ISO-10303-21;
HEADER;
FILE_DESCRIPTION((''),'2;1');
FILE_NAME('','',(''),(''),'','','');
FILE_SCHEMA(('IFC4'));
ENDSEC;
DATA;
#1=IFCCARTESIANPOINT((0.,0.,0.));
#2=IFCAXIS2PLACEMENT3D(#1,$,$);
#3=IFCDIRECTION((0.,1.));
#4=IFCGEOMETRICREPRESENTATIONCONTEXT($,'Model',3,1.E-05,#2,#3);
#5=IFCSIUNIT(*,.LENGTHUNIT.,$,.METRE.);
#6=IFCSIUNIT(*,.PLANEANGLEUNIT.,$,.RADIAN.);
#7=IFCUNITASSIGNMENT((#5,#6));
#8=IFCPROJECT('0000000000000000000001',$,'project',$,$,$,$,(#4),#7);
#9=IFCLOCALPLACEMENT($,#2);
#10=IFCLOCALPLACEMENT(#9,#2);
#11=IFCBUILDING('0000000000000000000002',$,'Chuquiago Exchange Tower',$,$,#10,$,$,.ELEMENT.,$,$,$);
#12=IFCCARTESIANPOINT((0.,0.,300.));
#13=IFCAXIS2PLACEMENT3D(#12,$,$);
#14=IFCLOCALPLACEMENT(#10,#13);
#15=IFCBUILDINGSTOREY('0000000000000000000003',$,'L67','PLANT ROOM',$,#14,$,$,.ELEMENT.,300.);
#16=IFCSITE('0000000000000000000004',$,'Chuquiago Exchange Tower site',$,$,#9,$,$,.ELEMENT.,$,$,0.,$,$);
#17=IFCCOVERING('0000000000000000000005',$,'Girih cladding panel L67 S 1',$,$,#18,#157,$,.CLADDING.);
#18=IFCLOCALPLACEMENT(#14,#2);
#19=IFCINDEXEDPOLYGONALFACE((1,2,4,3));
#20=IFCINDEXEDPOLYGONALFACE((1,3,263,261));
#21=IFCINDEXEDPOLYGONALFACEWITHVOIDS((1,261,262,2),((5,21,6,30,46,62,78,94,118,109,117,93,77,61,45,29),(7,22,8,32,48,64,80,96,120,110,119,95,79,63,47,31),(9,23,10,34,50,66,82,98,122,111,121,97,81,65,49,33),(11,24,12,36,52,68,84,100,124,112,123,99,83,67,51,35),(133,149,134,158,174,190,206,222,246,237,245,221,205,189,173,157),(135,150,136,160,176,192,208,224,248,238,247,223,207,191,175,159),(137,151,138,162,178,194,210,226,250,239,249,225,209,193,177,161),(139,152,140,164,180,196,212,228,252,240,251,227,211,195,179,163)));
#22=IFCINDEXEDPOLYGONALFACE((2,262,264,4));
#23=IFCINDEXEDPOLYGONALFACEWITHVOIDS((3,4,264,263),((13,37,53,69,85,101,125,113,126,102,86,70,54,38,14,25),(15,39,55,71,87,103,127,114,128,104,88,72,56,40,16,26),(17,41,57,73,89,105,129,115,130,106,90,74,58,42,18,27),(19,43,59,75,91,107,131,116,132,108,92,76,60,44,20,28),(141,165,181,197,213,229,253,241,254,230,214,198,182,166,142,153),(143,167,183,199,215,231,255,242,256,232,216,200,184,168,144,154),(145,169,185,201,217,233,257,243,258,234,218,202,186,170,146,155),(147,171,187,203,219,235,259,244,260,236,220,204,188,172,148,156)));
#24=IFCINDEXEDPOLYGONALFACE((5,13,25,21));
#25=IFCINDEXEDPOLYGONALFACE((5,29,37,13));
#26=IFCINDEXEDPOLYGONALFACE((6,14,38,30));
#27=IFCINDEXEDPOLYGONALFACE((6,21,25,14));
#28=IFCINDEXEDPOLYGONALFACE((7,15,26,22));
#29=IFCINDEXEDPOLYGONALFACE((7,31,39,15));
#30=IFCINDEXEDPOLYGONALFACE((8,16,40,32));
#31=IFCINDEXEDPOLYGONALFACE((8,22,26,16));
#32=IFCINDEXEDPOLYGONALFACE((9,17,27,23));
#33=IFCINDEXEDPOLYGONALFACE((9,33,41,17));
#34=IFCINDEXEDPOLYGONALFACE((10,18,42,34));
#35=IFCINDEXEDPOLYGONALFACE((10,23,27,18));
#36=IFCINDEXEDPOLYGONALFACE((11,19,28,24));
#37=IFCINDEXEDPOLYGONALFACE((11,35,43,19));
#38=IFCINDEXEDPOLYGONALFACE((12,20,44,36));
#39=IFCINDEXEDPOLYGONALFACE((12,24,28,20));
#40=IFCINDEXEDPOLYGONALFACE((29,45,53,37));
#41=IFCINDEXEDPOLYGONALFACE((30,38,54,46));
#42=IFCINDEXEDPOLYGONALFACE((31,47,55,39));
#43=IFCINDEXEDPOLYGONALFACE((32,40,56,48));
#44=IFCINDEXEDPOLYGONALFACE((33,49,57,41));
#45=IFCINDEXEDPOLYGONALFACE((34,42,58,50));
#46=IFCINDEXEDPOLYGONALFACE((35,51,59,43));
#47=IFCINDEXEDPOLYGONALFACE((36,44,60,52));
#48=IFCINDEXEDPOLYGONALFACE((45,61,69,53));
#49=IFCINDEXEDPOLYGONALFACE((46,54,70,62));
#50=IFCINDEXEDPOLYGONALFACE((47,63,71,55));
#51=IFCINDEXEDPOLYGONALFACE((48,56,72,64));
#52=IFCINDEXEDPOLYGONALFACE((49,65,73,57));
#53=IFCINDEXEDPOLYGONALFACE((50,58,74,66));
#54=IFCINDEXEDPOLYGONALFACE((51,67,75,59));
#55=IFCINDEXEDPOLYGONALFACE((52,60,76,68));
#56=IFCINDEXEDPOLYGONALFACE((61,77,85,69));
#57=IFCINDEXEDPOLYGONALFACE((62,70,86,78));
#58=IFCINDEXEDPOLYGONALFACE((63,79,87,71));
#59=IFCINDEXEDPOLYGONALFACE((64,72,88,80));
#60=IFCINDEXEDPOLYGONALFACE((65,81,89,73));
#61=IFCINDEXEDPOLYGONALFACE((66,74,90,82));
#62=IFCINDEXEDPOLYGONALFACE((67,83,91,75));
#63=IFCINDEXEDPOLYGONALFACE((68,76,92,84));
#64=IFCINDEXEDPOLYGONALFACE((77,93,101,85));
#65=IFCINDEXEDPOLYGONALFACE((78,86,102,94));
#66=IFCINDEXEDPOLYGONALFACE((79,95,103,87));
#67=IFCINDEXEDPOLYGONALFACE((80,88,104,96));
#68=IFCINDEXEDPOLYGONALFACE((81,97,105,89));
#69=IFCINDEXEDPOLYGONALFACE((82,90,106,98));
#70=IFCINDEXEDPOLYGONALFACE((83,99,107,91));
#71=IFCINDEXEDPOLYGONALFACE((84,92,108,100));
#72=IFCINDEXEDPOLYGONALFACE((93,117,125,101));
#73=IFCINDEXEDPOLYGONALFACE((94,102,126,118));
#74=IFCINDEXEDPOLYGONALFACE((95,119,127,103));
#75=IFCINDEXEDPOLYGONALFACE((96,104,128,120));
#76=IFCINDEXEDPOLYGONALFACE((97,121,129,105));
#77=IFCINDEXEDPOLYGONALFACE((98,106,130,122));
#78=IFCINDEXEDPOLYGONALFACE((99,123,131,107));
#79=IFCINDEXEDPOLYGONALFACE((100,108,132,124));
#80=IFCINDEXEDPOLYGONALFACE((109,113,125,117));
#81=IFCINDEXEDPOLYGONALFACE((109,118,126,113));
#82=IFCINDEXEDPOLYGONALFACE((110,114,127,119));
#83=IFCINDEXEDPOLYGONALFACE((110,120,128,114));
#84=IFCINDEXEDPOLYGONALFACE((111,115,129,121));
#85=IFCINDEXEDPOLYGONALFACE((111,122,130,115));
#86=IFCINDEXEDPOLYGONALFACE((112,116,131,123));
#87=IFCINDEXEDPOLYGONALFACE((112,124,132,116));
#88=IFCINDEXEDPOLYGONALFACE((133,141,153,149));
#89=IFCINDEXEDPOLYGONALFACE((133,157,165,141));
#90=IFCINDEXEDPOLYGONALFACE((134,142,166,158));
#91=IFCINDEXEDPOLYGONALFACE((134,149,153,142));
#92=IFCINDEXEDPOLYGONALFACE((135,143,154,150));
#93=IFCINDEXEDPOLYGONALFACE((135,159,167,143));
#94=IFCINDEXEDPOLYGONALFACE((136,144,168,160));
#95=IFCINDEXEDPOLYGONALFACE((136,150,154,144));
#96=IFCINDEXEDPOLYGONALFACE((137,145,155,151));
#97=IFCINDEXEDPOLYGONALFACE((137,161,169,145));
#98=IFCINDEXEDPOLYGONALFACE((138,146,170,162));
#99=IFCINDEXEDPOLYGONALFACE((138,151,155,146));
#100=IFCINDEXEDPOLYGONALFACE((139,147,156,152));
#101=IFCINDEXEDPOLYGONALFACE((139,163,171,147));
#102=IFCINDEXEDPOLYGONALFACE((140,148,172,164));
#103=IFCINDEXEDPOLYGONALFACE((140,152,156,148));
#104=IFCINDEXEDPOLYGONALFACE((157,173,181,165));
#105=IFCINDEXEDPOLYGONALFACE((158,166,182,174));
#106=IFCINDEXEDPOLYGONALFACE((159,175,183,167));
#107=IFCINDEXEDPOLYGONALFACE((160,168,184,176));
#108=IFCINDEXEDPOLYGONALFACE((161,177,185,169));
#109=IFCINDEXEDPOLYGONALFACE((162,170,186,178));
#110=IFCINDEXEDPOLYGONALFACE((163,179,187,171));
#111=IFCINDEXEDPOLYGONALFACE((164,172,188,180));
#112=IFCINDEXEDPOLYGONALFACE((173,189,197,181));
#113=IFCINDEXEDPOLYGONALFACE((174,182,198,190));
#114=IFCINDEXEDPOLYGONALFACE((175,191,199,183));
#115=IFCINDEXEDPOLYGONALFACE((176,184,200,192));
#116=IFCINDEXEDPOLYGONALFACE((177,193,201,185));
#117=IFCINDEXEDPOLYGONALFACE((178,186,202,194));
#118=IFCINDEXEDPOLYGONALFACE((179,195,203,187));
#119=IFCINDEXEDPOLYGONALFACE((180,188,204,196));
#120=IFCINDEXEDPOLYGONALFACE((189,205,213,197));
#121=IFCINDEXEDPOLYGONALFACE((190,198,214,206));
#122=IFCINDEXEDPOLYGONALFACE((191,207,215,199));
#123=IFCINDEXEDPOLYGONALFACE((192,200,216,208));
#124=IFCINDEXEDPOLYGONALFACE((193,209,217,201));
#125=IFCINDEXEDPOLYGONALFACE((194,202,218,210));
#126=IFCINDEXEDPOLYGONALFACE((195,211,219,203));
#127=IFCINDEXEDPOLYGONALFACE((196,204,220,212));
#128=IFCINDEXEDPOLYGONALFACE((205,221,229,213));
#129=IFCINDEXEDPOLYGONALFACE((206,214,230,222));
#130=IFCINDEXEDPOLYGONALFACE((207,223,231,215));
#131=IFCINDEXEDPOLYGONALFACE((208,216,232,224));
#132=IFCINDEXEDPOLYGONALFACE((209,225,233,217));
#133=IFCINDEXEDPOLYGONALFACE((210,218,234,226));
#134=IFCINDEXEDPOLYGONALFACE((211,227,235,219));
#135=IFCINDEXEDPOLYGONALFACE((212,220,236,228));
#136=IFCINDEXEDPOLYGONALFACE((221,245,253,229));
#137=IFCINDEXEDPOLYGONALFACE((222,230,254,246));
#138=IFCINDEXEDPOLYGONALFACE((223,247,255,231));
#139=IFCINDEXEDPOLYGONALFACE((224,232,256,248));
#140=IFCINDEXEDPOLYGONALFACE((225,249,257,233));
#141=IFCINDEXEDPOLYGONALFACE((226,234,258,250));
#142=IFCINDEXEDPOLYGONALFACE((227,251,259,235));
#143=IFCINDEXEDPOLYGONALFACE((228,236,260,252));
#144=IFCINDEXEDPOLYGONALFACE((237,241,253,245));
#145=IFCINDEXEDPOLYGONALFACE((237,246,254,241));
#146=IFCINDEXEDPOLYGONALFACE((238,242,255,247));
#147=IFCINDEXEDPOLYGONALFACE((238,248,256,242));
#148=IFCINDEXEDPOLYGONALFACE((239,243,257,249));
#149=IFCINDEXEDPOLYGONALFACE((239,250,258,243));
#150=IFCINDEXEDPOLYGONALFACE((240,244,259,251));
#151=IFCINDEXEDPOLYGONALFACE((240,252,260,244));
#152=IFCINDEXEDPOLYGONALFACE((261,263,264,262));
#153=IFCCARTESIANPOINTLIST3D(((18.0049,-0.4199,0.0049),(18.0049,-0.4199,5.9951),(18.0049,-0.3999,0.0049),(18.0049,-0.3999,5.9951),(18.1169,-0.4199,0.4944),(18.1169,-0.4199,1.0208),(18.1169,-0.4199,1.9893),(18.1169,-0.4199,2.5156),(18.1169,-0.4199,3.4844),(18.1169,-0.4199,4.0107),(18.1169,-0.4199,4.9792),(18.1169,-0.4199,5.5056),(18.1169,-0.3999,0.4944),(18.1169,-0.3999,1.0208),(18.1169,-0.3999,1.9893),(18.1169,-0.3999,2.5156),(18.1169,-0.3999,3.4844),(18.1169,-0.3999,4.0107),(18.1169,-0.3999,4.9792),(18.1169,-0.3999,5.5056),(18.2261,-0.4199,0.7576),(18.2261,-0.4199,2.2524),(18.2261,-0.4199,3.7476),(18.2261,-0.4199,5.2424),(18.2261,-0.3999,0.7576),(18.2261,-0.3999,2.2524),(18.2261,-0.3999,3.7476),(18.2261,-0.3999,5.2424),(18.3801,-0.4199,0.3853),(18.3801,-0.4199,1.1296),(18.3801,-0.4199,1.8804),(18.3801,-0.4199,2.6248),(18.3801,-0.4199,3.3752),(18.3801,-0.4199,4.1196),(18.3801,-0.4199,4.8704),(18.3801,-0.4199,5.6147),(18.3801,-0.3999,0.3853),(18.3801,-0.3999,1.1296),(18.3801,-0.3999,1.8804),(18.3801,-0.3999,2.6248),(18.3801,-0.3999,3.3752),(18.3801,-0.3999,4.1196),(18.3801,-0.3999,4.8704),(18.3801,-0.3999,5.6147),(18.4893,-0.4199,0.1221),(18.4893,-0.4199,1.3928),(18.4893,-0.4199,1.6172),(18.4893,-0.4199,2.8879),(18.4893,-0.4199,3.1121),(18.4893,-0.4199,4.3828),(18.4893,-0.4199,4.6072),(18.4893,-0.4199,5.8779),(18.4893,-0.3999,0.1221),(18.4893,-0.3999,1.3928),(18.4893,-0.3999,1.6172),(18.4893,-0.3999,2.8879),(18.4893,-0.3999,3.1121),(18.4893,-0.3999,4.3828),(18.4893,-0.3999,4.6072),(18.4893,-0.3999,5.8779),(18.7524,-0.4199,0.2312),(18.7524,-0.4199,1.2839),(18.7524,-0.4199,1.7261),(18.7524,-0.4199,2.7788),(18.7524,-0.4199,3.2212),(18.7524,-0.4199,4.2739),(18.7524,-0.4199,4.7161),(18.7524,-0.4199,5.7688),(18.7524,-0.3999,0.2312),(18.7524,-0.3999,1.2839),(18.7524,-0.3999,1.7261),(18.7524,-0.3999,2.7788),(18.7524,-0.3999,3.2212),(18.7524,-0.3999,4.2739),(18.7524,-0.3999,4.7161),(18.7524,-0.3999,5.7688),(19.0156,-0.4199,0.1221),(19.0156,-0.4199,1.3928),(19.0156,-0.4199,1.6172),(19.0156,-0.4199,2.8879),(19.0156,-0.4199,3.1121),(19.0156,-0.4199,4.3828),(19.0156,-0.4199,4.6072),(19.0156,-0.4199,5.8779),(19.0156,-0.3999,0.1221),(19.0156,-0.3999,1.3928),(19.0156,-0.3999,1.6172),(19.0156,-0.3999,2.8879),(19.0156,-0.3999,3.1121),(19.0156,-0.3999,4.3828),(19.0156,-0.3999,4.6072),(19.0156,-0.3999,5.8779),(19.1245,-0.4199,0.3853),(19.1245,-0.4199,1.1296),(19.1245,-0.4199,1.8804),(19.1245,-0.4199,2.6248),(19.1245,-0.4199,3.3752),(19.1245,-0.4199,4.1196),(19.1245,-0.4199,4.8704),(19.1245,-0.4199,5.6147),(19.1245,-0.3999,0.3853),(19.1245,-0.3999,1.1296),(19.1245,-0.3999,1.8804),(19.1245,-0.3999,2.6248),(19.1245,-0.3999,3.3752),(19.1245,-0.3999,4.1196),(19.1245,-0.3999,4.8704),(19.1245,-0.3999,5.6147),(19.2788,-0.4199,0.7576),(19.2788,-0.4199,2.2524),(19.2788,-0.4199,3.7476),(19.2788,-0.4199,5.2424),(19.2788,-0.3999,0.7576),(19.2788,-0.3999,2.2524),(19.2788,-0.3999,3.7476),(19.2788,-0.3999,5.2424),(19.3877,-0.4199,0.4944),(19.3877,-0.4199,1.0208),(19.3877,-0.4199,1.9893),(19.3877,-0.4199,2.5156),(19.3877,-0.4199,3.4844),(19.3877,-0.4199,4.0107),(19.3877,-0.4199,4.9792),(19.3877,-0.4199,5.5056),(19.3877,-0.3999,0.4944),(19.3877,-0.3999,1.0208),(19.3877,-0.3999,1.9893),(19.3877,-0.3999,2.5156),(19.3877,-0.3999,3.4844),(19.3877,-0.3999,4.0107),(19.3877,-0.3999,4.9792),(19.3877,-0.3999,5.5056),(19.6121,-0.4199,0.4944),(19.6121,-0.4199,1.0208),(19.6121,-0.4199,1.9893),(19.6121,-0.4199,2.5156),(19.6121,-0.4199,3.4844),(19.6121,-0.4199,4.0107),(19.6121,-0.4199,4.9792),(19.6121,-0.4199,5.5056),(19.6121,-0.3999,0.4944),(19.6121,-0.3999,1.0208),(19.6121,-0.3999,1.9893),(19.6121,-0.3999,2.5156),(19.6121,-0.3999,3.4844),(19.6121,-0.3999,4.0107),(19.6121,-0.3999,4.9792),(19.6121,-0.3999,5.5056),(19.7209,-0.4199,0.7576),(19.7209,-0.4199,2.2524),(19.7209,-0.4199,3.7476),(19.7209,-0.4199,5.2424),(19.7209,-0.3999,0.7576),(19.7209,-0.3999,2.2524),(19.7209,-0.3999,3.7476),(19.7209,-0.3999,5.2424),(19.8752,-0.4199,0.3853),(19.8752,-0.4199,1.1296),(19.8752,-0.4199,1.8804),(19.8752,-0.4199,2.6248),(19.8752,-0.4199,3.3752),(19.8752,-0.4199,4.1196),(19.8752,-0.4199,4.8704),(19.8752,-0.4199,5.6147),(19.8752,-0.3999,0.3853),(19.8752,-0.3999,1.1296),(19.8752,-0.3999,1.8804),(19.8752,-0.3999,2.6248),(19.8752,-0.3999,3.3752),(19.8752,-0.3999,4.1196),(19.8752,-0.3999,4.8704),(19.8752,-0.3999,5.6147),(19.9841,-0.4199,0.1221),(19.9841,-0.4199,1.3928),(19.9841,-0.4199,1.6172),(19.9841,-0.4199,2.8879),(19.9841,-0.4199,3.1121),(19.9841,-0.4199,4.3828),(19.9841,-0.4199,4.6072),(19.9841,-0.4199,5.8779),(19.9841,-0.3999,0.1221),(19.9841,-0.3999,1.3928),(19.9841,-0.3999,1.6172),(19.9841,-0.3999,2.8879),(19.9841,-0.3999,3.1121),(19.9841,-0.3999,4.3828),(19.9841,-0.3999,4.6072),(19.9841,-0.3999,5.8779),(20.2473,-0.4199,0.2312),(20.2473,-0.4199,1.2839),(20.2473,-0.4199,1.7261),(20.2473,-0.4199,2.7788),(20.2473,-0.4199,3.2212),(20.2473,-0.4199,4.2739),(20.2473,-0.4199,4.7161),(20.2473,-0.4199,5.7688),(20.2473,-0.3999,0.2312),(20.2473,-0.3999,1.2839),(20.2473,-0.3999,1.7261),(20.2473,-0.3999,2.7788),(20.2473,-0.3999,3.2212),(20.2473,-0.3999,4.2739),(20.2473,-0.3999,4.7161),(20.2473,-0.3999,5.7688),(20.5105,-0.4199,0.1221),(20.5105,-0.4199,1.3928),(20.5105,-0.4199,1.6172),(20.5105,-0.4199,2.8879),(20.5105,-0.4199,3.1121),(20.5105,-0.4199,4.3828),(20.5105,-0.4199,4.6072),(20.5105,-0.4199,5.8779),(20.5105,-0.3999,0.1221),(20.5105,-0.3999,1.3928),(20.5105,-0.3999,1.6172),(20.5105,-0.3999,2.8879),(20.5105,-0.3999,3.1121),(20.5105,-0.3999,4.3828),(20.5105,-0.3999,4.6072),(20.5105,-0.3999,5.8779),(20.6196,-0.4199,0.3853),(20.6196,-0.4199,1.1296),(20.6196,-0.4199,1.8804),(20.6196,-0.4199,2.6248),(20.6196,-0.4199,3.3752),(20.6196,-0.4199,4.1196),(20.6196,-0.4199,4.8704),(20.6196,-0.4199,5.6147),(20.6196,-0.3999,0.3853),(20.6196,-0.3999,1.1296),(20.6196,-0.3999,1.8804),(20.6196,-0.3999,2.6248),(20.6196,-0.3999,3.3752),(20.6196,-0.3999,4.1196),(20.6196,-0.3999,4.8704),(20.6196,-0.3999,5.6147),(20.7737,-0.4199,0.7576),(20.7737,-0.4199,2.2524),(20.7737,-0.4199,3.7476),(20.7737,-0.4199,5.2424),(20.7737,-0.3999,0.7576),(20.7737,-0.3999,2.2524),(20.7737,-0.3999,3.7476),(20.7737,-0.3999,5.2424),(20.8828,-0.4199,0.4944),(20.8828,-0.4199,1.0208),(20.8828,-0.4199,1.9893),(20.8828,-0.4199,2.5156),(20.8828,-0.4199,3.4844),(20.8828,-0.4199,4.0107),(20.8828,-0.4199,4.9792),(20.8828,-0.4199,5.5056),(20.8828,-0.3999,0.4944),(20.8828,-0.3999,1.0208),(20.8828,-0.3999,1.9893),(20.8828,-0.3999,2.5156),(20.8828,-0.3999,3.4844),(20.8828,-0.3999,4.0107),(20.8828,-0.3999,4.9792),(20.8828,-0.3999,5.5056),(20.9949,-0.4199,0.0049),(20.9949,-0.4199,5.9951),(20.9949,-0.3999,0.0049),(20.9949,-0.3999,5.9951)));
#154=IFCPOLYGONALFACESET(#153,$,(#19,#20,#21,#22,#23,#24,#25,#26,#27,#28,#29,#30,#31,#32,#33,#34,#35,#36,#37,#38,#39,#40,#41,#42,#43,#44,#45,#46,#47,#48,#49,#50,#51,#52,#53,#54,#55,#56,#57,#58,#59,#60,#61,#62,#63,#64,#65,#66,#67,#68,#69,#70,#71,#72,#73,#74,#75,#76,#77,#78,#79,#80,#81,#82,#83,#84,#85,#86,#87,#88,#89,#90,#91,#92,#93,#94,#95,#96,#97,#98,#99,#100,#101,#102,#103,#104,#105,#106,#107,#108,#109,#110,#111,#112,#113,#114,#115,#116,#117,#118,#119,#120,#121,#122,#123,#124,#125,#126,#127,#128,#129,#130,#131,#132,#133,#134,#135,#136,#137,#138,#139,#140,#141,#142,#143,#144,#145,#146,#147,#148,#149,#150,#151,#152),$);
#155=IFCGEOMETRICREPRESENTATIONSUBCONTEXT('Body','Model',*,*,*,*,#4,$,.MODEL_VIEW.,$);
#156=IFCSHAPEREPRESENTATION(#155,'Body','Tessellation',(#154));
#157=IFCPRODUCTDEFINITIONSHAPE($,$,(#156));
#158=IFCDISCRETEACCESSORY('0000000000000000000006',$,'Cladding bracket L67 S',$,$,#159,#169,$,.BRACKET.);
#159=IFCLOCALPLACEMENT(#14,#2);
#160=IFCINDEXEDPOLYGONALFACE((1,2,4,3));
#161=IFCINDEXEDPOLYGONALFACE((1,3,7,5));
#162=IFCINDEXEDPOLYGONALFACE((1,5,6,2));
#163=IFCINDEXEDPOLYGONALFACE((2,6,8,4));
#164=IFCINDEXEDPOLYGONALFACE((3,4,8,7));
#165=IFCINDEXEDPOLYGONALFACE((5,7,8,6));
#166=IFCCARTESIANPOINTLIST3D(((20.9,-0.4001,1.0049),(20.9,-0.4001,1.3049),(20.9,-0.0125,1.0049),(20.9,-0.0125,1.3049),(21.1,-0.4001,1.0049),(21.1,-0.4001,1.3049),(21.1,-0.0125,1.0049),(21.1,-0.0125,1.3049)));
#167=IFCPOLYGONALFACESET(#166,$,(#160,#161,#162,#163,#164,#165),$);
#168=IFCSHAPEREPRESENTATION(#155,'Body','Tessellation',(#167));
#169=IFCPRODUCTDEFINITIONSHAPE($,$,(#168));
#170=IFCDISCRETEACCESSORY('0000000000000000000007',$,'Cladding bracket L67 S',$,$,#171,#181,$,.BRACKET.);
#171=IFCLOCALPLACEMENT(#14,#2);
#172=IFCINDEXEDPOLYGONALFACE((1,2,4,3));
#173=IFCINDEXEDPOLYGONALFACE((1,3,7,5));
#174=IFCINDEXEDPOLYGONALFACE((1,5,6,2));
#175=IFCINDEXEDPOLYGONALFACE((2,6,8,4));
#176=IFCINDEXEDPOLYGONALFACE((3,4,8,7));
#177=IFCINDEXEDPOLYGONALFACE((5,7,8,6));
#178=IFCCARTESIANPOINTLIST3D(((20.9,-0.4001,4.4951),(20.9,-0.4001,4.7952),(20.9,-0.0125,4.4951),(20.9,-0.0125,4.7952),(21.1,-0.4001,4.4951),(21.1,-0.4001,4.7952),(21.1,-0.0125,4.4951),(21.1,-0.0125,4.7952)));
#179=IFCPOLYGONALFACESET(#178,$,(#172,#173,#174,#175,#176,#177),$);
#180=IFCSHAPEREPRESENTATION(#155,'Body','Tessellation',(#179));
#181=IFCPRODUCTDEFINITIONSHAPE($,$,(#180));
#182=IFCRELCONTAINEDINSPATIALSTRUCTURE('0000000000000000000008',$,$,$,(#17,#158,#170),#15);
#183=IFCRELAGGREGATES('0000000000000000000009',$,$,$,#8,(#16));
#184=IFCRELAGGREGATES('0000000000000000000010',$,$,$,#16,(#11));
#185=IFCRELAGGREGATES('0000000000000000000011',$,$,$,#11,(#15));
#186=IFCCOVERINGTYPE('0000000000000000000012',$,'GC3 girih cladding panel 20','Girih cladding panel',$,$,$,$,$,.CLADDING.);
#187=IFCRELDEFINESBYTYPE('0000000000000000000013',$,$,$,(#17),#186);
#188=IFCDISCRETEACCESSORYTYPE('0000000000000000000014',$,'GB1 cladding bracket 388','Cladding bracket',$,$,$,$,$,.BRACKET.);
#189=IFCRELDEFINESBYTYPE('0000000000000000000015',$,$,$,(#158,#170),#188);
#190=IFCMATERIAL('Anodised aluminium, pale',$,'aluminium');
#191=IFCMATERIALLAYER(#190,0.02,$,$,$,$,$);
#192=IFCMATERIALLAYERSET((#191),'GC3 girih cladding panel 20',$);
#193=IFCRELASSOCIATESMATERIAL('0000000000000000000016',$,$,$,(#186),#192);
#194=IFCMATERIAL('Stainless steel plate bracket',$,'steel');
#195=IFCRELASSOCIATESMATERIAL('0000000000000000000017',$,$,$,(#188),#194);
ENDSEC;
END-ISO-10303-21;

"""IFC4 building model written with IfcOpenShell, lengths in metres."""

from ifc_helpers import new_model, si_unit, direction, frame, origin, origin_2d, place, context, subcontext, project, spatial, polyline, rectangle, outline, extrude, material, layer, layer_set, type_object, element, save


model = new_model("IFC4")

# Units and contexts
model_context = context("Model", 3, precision=1e-05, world=origin(), true_north=direction((0.0, 1.0)))
body_context = subcontext(model_context, "Body", "Model", "MODEL_VIEW")
ifc_project = project(units=[si_unit("LENGTHUNIT", "METRE"), si_unit("PLANEANGLEUNIT", "RADIAN")], contexts=[model_context])

# Site, building, storey
site_placement = place(None, origin())
site = spatial("IfcSite", under=ifc_project, at=site_placement, Name="Chuquiago Exchange Tower site", CompositionType="ELEMENT", RefElevation=0.0)
building_placement = place(site_placement, origin())
building = spatial("IfcBuilding", under=site, at=building_placement, Name="Chuquiago Exchange Tower", CompositionType="ELEMENT")
storey_placement = place(building_placement, frame((0.0, 0.0, 300.0)))
storey = spatial("IfcBuildingStorey", under=building, at=storey_placement, Name="L67", Description="PLANT ROOM", CompositionType="ELEMENT", Elevation=300.0)

# Covering
ifc_material_1 = material(Name="Anodised aluminium, pale", Category="aluminium")
ifc_layer_1 = layer(ifc_material_1, 0.02)
ifc_layer_set_1 = layer_set([ifc_layer_1], Name="GC3 girih cladding panel 20")
covering_type_1 = type_object("IfcCoveringType", Name="GC3 girih cladding panel 20", Description="Girih cladding panel", PredefinedType="CLADDING", material=ifc_layer_set_1)
covering_1_placement = place(storey_placement, frame((18.0049, -0.3999, 0.0049), z_axis=(0.0, 0.0, 1.0), x_axis=(1.0, 0.0, 0.0)))
element("IfcCovering", 1, at=covering_1_placement, inside=storey, type_object=covering_type_1, Name="Girih cladding panel L67 S 1", PredefinedType="CLADDING", context=body_context, shape_type="SweptSolid", body=[
    extrude(outline(polyline([(0.0, 0.0), (2.99, 0.0), (2.99, 5.9902), (0.0, 5.9902), (0.0, 0.0)]), holes=[polyline([(1.2739, 0.7527), (1.3828, 1.0159), (1.1196, 1.1248), (1.0107, 1.3879), (0.7476, 1.2791), (0.4844, 1.3879), (0.3752, 1.1248), (0.1121, 1.0159), (0.2212, 0.7527), (0.1121, 0.4895), (0.3752, 0.3804), (0.4844, 0.1172), (0.7476, 0.2263), (1.0107, 0.1172), (1.1196, 0.3804), (1.3828, 0.4895), (1.2739, 0.7527)]), polyline([(2.7688, 0.7527), (2.8779, 1.0159), (2.6147, 1.1248), (2.5056, 1.3879), (2.2424, 1.2791), (1.9792, 1.3879), (1.8704, 1.1248), (1.6072, 1.0159), (1.7161, 0.7527), (1.6072, 0.4895), (1.8704, 0.3804), (1.9792, 0.1172), (2.2424, 0.2263), (2.5056, 0.1172), (2.6147, 0.3804), (2.8779, 0.4895), (2.7688, 0.7527)]), polyline([(1.2739, 2.2476), (1.3828, 2.5107), (1.1196, 2.6199), (1.0107, 2.8831), (0.7476, 2.7739), (0.4844, 2.8831), (0.3752, 2.6199), (0.1121, 2.5107), (0.2212, 2.2476), (0.1121, 1.9844), (0.3752, 1.8755), (0.4844, 1.6123), (0.7476, 1.7212), (1.0107, 1.6123), (1.1196, 1.8755), (1.3828, 1.9844), (1.2739, 2.2476)]), polyline([(2.7688, 2.2476), (2.8779, 2.5107), (2.6147, 2.6199), (2.5056, 2.8831), (2.2424, 2.7739), (1.9792, 2.8831), (1.8704, 2.6199), (1.6072, 2.5107), (1.7161, 2.2476), (1.6072, 1.9844), (1.8704, 1.8755), (1.9792, 1.6123), (2.2424, 1.7212), (2.5056, 1.6123), (2.6147, 1.8755), (2.8779, 1.9844), (2.7688, 2.2476)]), polyline([(1.2739, 3.7427), (1.3828, 4.0059), (1.1196, 4.1147), (1.0107, 4.3779), (0.7476, 4.269), (0.4844, 4.3779), (0.3752, 4.1147), (0.1121, 4.0059), (0.2212, 3.7427), (0.1121, 3.4795), (0.3752, 3.3704), (0.4844, 3.1072), (0.7476, 3.2163), (1.0107, 3.1072), (1.1196, 3.3704), (1.3828, 3.4795), (1.2739, 3.7427)]), polyline([(2.7688, 3.7427), (2.8779, 4.0059), (2.6147, 4.1147), (2.5056, 4.3779), (2.2424, 4.269), (1.9792, 4.3779), (1.8704, 4.1147), (1.6072, 4.0059), (1.7161, 3.7427), (1.6072, 3.4795), (1.8704, 3.3704), (1.9792, 3.1072), (2.2424, 3.2163), (2.5056, 3.1072), (2.6147, 3.3704), (2.8779, 3.4795), (2.7688, 3.7427)]), polyline([(1.2739, 5.2375), (1.3828, 5.5007), (1.1196, 5.6099), (1.0107, 5.873), (0.7476, 5.7639), (0.4844, 5.873), (0.3752, 5.6099), (0.1121, 5.5007), (0.2212, 5.2375), (0.1121, 4.9744), (0.3752, 4.8655), (0.4844, 4.6023), (0.7476, 4.7112), (1.0107, 4.6023), (1.1196, 4.8655), (1.3828, 4.9744), (1.2739, 5.2375)]), polyline([(2.7688, 5.2375), (2.8779, 5.5007), (2.6147, 5.6099), (2.5056, 5.873), (2.2424, 5.7639), (1.9792, 5.873), (1.8704, 5.6099), (1.6072, 5.5007), (1.7161, 5.2375), (1.6072, 4.9744), (1.8704, 4.8655), (1.9792, 4.6023), (2.2424, 4.7112), (2.5056, 4.6023), (2.6147, 4.8655), (2.8779, 4.9744), (2.7688, 5.2375)])]), frame((0.0, 0.0, 0.0), z_axis=(0.0, -1.0, 0.0), x_axis=(1.0, 0.0, 0.0)), (0.0, 0.0, 1.0), 0.02),
])

# Discrete accessories
ifc_material_2 = material(Name="Stainless steel plate bracket", Category="steel")
discrete_accessory_type_1 = type_object("IfcDiscreteAccessoryType", Name="GB1 cladding bracket 388", Description="Cladding bracket", PredefinedType="BRACKET", material=ifc_material_2)
for number, where, z_axis, x_axis, name in (
    (2, (21.0, -0.2063, 1.0049), (0.0, 0.0, 1.0), (1.0, 0.0, 0.0), "Cladding bracket L67 S"),
    (3, (21.0, -0.2063, 4.4951), (0.0, 0.0, 1.0), (1.0, 0.0, 0.0), "Cladding bracket L67 S"),
):
    element("IfcDiscreteAccessory", number, at=place(storey_placement, frame(where, z_axis=z_axis, x_axis=x_axis)), inside=storey, type_object=discrete_accessory_type_1, Name=name, PredefinedType="BRACKET", context=body_context, shape_type="SweptSolid", body=[
        extrude(rectangle(XDim=0.2, YDim=0.3877, at=origin_2d()), origin(), (0.0, 0.0, 1.0), 0.3),
    ])

save(model, "model.ifc")
